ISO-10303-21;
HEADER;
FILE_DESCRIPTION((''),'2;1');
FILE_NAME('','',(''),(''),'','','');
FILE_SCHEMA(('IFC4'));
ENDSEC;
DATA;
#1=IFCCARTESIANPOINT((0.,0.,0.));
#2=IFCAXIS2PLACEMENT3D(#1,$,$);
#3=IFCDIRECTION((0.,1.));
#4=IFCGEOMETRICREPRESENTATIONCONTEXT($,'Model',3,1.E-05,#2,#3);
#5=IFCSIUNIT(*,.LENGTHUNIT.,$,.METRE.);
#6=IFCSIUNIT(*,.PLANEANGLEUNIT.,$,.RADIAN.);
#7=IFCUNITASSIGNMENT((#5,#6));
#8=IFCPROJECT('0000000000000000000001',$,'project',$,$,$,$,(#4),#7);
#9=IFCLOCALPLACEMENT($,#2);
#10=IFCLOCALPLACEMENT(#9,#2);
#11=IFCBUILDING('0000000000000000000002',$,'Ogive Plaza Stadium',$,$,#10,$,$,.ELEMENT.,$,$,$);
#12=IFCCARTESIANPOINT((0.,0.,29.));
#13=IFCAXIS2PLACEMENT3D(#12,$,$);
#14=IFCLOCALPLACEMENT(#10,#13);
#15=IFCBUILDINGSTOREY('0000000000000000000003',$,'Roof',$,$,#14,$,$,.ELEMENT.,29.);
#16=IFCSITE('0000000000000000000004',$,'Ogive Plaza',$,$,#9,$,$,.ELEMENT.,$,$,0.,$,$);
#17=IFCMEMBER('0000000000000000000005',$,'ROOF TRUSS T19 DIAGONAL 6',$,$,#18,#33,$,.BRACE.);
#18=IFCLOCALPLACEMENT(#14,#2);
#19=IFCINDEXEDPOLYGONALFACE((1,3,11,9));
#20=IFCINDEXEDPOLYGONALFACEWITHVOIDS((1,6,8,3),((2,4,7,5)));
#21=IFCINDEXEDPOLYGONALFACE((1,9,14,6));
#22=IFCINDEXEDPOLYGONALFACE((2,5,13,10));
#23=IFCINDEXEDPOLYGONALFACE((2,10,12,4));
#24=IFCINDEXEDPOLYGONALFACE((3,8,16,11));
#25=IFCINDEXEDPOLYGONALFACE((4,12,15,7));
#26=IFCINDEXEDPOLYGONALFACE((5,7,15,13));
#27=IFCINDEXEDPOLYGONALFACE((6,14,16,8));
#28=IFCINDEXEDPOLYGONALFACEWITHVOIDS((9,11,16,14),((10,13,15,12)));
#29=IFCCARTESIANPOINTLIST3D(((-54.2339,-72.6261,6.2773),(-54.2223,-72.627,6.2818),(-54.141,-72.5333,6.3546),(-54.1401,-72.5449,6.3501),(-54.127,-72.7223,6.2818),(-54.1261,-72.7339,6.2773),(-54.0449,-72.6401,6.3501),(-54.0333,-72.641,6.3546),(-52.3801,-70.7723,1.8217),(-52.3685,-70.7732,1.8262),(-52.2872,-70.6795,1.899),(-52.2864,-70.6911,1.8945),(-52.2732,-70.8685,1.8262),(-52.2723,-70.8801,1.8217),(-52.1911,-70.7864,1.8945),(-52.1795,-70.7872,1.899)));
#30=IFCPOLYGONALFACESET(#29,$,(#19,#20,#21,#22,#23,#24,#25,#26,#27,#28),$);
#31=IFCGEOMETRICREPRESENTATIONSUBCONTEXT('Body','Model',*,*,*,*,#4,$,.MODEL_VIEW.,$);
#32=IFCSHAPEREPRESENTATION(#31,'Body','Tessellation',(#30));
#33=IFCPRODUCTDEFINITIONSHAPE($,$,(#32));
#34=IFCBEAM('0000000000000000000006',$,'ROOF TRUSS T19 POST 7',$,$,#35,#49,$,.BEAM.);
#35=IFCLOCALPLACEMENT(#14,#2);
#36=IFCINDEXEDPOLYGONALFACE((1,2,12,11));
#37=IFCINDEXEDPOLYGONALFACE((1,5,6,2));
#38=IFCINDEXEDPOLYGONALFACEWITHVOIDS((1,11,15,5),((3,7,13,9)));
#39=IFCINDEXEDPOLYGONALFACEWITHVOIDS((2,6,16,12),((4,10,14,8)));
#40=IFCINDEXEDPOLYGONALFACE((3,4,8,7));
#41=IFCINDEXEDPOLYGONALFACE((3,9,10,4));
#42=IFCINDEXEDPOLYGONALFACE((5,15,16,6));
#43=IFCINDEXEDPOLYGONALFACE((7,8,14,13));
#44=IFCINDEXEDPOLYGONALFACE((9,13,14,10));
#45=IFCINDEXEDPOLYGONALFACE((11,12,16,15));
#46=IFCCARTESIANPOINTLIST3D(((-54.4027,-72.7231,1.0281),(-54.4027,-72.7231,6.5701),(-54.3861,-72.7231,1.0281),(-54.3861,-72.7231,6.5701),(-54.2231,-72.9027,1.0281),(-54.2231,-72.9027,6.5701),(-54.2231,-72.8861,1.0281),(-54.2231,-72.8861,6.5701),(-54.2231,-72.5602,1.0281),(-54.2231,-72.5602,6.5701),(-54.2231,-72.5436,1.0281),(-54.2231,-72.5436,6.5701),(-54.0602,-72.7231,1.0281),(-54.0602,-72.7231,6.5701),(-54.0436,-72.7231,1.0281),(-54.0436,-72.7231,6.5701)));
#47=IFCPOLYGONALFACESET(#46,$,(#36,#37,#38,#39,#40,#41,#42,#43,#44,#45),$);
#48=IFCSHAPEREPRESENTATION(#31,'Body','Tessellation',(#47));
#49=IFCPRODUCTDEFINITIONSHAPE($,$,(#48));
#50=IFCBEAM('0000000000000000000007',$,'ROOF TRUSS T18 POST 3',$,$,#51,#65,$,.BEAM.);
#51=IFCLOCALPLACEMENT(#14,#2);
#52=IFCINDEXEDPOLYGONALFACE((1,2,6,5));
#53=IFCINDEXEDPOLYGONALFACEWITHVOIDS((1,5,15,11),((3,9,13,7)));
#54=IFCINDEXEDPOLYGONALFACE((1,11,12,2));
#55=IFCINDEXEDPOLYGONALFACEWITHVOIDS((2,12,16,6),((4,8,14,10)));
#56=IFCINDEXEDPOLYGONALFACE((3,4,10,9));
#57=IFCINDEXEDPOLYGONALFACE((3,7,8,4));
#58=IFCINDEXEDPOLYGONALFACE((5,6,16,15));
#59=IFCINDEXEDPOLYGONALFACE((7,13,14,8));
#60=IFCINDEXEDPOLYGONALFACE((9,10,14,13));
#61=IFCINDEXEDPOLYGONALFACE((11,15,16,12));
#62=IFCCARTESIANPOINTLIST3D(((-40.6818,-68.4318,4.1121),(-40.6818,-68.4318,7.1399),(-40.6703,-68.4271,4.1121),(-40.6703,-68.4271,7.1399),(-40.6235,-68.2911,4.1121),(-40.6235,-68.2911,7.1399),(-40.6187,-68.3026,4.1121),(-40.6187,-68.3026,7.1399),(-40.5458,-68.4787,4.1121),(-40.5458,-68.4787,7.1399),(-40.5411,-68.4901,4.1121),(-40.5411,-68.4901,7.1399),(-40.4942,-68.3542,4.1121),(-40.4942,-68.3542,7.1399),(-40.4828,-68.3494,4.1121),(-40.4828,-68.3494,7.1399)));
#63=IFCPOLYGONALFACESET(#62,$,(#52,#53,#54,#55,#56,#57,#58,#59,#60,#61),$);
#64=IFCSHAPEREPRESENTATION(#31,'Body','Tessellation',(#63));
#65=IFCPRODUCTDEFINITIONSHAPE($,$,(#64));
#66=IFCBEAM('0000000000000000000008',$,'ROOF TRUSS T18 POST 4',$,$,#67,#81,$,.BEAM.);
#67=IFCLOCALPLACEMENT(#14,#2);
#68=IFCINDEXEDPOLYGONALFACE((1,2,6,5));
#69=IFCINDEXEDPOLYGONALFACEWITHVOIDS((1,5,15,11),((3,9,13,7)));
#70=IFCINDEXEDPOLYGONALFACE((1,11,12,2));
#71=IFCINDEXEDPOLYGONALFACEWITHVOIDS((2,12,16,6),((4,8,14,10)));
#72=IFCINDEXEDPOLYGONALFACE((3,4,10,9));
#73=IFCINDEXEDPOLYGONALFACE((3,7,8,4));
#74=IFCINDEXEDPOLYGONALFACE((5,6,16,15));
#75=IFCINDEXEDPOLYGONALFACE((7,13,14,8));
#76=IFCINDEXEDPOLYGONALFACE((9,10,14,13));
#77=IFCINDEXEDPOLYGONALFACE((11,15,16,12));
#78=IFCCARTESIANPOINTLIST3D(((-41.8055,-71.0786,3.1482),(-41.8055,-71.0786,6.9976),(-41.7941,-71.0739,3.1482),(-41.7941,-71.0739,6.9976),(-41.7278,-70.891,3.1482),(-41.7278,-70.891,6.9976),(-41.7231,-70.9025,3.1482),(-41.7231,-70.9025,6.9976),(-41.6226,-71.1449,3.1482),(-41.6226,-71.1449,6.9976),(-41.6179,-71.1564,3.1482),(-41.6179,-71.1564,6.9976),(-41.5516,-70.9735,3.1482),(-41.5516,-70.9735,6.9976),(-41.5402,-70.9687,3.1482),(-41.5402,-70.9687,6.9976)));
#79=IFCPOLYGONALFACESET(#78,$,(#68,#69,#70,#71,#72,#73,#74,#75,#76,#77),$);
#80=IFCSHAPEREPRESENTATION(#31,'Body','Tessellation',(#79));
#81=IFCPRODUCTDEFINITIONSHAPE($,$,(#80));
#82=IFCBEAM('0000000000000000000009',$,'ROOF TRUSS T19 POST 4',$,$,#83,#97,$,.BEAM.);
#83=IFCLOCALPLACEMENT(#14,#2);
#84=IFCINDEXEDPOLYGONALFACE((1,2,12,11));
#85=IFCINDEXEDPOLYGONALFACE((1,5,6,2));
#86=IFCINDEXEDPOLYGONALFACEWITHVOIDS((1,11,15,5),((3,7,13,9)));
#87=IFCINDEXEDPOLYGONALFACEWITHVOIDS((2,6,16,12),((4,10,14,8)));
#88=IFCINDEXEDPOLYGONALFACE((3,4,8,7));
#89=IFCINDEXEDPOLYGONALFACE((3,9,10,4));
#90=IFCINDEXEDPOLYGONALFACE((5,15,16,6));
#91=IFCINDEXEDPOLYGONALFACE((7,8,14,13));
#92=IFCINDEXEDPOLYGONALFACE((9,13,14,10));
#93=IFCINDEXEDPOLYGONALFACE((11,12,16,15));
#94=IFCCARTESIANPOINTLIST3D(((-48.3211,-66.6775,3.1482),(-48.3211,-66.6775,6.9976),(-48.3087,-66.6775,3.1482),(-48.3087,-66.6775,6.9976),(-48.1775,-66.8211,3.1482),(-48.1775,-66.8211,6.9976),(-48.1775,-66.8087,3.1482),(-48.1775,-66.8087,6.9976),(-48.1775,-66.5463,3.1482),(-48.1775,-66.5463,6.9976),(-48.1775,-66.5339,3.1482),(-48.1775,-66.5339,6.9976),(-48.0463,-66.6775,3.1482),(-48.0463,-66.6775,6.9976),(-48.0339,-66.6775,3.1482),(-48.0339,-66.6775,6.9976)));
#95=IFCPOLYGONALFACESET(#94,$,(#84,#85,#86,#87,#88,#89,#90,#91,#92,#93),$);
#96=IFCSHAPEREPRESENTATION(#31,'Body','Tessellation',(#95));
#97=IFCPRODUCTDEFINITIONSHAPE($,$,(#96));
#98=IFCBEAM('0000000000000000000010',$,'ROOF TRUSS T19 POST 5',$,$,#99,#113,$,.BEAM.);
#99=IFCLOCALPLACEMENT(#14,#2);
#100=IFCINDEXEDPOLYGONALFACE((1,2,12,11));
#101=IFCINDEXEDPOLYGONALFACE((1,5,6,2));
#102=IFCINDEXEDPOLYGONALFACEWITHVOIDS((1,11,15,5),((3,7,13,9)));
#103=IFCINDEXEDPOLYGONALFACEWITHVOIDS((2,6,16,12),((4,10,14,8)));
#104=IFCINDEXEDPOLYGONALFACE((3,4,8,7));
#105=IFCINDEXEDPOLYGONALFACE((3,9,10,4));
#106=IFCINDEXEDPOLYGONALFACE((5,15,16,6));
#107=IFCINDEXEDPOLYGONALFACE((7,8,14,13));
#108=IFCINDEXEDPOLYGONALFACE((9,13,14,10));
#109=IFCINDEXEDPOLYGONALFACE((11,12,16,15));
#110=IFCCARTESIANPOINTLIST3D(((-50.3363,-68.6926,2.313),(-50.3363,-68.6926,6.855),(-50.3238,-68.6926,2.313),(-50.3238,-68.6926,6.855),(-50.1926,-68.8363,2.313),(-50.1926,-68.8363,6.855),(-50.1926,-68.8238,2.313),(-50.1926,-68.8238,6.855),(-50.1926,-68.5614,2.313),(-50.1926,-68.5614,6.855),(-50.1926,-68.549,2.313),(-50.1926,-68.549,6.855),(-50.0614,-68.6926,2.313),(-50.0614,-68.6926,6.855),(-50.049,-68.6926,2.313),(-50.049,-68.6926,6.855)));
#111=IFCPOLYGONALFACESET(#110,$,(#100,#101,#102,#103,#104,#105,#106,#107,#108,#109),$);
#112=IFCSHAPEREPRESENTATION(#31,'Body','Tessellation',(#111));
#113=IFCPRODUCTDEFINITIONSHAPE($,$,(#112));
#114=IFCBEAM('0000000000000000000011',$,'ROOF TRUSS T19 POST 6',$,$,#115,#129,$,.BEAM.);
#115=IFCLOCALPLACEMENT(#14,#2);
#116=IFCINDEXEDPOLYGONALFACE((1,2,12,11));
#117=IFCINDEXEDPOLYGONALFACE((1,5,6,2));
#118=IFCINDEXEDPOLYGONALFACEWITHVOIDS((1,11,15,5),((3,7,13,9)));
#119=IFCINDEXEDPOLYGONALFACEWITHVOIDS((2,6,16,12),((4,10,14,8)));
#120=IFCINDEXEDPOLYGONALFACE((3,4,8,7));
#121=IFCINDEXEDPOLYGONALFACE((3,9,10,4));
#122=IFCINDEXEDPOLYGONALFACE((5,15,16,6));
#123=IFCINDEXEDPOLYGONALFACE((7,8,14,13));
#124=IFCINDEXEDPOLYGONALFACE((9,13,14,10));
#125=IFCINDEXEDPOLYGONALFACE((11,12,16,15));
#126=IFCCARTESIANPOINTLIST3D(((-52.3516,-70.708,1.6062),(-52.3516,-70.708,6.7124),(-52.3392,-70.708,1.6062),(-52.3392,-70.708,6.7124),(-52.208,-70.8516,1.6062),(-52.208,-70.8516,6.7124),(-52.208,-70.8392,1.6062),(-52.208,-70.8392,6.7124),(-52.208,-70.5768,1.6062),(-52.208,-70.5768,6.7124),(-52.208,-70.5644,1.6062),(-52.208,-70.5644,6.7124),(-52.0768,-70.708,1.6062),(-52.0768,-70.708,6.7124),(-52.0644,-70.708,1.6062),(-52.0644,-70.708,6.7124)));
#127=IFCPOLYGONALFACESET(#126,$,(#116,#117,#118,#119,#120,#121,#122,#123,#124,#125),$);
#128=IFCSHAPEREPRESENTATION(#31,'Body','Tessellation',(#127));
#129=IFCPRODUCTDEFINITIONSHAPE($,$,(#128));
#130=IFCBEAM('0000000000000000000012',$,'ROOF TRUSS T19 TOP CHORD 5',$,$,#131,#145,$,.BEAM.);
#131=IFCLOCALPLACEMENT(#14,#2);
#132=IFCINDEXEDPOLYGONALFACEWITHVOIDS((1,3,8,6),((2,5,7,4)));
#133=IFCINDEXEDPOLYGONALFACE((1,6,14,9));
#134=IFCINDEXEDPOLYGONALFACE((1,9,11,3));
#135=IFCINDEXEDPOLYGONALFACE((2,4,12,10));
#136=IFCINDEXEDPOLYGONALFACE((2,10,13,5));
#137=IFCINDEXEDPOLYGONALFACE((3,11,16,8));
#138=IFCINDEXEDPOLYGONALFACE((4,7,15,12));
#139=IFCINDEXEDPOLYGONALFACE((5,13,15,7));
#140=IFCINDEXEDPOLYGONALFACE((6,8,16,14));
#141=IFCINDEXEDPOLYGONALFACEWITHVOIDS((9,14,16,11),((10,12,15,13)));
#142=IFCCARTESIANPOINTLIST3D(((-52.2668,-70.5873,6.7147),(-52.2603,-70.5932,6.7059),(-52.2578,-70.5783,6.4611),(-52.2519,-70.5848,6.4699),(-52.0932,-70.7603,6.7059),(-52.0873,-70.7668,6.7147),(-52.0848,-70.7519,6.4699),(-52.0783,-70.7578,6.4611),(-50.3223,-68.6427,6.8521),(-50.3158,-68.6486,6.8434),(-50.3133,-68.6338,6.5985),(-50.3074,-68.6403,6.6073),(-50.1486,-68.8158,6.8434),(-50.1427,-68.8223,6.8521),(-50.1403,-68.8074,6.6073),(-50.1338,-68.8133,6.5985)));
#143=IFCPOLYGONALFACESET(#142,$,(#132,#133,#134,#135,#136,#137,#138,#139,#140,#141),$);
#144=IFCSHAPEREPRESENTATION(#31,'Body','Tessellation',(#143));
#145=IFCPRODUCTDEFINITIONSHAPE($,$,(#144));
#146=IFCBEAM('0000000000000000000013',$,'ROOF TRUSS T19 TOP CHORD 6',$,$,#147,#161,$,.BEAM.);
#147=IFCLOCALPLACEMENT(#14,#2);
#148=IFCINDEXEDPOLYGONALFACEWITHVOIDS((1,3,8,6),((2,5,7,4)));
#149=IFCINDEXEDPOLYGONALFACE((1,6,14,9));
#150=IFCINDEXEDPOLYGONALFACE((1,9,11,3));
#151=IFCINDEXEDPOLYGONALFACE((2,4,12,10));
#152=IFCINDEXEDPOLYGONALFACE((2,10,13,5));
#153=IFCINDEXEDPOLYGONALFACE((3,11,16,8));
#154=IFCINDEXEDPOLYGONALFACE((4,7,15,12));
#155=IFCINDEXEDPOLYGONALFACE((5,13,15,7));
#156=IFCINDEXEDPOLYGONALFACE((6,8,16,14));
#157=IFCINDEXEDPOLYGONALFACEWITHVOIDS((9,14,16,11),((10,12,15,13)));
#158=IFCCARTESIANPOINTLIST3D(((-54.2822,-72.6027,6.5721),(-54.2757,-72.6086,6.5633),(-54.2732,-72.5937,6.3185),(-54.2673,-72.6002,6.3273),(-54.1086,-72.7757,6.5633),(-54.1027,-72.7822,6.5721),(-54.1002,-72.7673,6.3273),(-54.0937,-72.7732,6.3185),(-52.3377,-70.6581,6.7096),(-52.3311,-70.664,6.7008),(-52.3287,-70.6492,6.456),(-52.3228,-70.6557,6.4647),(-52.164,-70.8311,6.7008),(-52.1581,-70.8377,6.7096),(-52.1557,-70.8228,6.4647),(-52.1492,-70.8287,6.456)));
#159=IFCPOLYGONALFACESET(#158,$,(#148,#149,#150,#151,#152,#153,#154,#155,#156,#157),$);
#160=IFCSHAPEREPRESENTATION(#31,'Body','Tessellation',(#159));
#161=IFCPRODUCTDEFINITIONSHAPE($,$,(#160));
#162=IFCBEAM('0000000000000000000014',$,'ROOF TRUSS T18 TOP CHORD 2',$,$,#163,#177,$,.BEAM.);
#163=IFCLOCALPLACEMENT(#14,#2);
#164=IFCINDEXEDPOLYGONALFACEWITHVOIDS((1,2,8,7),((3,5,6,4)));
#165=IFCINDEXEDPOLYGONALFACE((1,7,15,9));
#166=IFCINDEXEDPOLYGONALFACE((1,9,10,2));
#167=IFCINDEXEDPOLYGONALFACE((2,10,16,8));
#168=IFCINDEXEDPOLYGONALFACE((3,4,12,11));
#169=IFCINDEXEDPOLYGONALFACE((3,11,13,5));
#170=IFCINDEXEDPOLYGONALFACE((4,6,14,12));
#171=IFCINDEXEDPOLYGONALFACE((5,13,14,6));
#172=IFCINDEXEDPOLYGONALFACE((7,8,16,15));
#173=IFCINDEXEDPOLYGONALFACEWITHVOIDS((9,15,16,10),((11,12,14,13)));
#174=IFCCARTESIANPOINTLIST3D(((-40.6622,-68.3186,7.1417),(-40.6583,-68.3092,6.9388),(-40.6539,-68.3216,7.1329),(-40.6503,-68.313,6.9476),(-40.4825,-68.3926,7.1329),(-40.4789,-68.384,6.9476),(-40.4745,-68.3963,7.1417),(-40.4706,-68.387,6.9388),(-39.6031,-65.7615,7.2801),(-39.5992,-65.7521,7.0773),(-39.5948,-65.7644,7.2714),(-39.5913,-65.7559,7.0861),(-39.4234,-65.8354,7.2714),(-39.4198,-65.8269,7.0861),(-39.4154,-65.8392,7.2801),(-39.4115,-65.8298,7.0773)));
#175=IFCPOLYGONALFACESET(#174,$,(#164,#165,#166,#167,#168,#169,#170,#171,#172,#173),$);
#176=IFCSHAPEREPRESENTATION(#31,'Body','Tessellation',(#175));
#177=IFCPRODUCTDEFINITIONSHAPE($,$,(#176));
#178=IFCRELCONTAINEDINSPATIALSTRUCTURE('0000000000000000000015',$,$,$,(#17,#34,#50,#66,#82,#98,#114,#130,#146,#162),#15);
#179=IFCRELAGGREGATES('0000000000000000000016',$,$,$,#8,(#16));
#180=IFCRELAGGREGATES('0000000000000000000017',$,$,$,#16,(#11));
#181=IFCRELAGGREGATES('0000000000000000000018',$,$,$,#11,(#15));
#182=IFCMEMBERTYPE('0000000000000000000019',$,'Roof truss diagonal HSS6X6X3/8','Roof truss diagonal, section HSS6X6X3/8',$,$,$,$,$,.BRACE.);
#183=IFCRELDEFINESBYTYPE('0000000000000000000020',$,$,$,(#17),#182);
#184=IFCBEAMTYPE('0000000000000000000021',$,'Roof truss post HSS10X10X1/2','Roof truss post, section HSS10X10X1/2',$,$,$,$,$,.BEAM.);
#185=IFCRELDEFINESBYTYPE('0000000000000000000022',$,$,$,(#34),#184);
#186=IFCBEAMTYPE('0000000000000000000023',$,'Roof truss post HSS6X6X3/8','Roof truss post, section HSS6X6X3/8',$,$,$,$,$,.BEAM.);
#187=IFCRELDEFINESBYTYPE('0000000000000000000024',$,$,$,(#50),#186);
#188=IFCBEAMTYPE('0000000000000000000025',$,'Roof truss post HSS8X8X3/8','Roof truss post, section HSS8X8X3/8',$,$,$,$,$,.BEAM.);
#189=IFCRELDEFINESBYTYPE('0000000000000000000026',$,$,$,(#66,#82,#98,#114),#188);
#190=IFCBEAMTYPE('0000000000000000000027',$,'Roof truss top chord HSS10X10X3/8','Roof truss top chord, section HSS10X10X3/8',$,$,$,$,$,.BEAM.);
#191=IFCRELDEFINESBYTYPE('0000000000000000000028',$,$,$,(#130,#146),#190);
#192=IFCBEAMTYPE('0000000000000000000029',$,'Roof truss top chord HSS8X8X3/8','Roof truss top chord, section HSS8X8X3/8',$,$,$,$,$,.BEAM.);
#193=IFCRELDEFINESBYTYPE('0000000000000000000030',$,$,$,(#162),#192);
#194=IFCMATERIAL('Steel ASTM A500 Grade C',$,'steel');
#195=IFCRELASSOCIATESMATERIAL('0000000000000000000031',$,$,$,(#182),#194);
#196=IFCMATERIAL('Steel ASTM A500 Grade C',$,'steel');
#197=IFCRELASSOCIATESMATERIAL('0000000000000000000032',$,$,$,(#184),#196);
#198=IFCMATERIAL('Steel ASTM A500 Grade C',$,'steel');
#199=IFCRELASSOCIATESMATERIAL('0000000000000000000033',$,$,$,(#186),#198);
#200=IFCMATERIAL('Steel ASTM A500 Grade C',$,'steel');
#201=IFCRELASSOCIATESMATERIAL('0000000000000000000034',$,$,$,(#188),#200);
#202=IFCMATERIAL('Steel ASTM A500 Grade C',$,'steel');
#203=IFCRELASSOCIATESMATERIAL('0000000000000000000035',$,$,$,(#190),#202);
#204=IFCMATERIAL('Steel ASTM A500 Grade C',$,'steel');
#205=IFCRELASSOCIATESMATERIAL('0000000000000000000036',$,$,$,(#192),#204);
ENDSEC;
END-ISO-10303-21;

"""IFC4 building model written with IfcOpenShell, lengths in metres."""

from ifc_helpers import new_model, si_unit, direction, frame, origin, origin_2d, place, context, subcontext, project, spatial, hollow_rectangle, extrude, material, material_profile, profile_set, type_object, element, save


model = new_model("IFC4")

# Units and contexts
model_context = context("Model", 3, precision=1e-05, world=origin(), true_north=direction((0.0, 1.0)))
body_context = subcontext(model_context, "Body", "Model", "MODEL_VIEW")
ifc_project = project(units=[si_unit("LENGTHUNIT", "METRE"), si_unit("PLANEANGLEUNIT", "RADIAN")], contexts=[model_context])

# Site, building, storey
site_placement = place(None, origin())
site = spatial("IfcSite", under=ifc_project, at=site_placement, Name="Ogive Plaza", CompositionType="ELEMENT", RefElevation=0.0)
building_placement = place(site_placement, origin())
building = spatial("IfcBuilding", under=site, at=building_placement, Name="Ogive Plaza Stadium", CompositionType="ELEMENT")
storey_placement = place(building_placement, frame((0.0, 0.0, 29.0)))
storey = spatial("IfcBuildingStorey", under=building, at=storey_placement, Name="Roof", CompositionType="ELEMENT", Elevation=29.0)

# Member
ifc_material_1 = material(Name="Steel ASTM A500 Grade C", Category="steel")
ifc_material_profile_1 = material_profile(ifc_material_1, hollow_rectangle(XDim=0.1523, YDim=0.1523, WallThickness=0.0088, at=origin_2d()), Name="HSS6X6X3/8")
ifc_profile_set_1 = profile_set([ifc_material_profile_1], Name="Steel ASTM A500 Grade C")
member_type_1 = type_object("IfcMemberType", Name="Roof truss diagonal HSS6X6X3/8", Description="Roof truss diagonal, section HSS6X6X3/8", PredefinedType="BRACE", material=ifc_profile_set_1)
member_1_placement = place(storey_placement, frame((-52.2798, -70.7798, 1.8604), z_axis=(-0.358588, -0.358588, 0.861876), x_axis=(0.707107, -0.707107, 0.0)))
element("IfcMember", 1, at=member_1_placement, inside=storey, type_object=member_type_1, Name="ROOF TRUSS T19 DIAGONAL 6", PredefinedType="BRACE", context=body_context, shape_type="SweptSolid", body=[
    extrude(hollow_rectangle(XDim=0.1523, YDim=0.1523, WallThickness=0.0088, at=origin_2d()), origin(), (0.0, 0.0, 1.0), 5.1697),
])

# Beams
ifc_material_2 = material(Name="Steel ASTM A500 Grade C", Category="steel")
ifc_material_profile_2 = material_profile(ifc_material_2, hollow_rectangle(XDim=0.2539, YDim=0.2539, WallThickness=0.0117, at=origin_2d()), Name="HSS10X10X1/2")
ifc_profile_set_2 = profile_set([ifc_material_profile_2], Name="Steel ASTM A500 Grade C")
beam_type_1 = type_object("IfcBeamType", Name="Roof truss post HSS10X10X1/2", Description="Roof truss post, section HSS10X10X1/2", PredefinedType="BEAM", material=ifc_profile_set_2)
beam_1_placement = place(storey_placement, frame((-54.2231, -72.7231, 1.0281), z_axis=(0.0, 0.0, 1.0), x_axis=(0.707107, -0.707107, 0.0)))
element("IfcBeam", 2, at=beam_1_placement, inside=storey, type_object=beam_type_1, Name="ROOF TRUSS T19 POST 7", PredefinedType="BEAM", context=body_context, shape_type="SweptSolid", body=[
    extrude(hollow_rectangle(XDim=0.2539, YDim=0.2539, WallThickness=0.0117, at=origin_2d()), origin(), (0.0, 0.0, 1.0), 5.542),
])
ifc_material_3 = material(Name="Steel ASTM A500 Grade C", Category="steel")
ifc_material_profile_3 = material_profile(ifc_material_3, hollow_rectangle(XDim=0.1523, YDim=0.1523, WallThickness=0.0088, at=origin_2d()), Name="HSS6X6X3/8")
ifc_profile_set_3 = profile_set([ifc_material_profile_3], Name="Steel ASTM A500 Grade C")
beam_type_2 = type_object("IfcBeamType", Name="Roof truss post HSS6X6X3/8", Description="Roof truss post, section HSS6X6X3/8", PredefinedType="BEAM", material=ifc_profile_set_3)
beam_2_placement = place(storey_placement, frame((-40.5823, -68.3906, 4.1121), z_axis=(0.0, 0.0, 1.0), x_axis=(0.92388, -0.382683, 0.0)))
element("IfcBeam", 3, at=beam_2_placement, inside=storey, type_object=beam_type_2, Name="ROOF TRUSS T18 POST 3", PredefinedType="BEAM", context=body_context, shape_type="SweptSolid", body=[
    extrude(hollow_rectangle(XDim=0.1523, YDim=0.1523, WallThickness=0.0088, at=origin_2d()), origin(), (0.0, 0.0, 1.0), 3.0278),
])
ifc_material_4 = material(Name="Steel ASTM A500 Grade C", Category="steel")
ifc_material_profile_4 = material_profile(ifc_material_4, hollow_rectangle(XDim=0.2031, YDim=0.2031, WallThickness=0.0088, at=origin_2d()), Name="HSS8X8X3/8")
ifc_profile_set_4 = profile_set([ifc_material_profile_4], Name="Steel ASTM A500 Grade C")
beam_type_3 = type_object("IfcBeamType", Name="Roof truss post HSS8X8X3/8", Description="Roof truss post, section HSS8X8X3/8", PredefinedType="BEAM", material=ifc_profile_set_4)
for number, where, z_axis, x_axis, name in (
    (4, (-41.6729, -71.0237, 3.1482), (0.0, 0.0, 1.0), (0.92388, -0.382683, 0.0), "ROOF TRUSS T18 POST 4"),
    (5, (-48.1775, -66.6775, 3.1482), (0.0, 0.0, 1.0), (0.707107, -0.707107, 0.0), "ROOF TRUSS T19 POST 4"),
):
    element("IfcBeam", number, at=place(storey_placement, frame(where, z_axis=z_axis, x_axis=x_axis)), inside=storey, type_object=beam_type_3, Name=name, PredefinedType="BEAM", context=body_context, shape_type="SweptSolid", body=[
        extrude(hollow_rectangle(XDim=0.2031, YDim=0.2031, WallThickness=0.0088, at=origin_2d()), origin(), (0.0, 0.0, 1.0), 3.8494),
    ])
beam_3_placement = place(storey_placement, frame((-50.1926, -68.6926, 2.313), z_axis=(0.0, 0.0, 1.0), x_axis=(0.707107, -0.707107, 0.0)))
element("IfcBeam", 6, at=beam_3_placement, inside=storey, type_object=beam_type_3, Name="ROOF TRUSS T19 POST 5", PredefinedType="BEAM", context=body_context, shape_type="SweptSolid", body=[
    extrude(hollow_rectangle(XDim=0.2031, YDim=0.2031, WallThickness=0.0088, at=origin_2d()), origin(), (0.0, 0.0, 1.0), 4.542),
])
beam_4_placement = place(storey_placement, frame((-52.208, -70.708, 1.6062), z_axis=(0.0, 0.0, 1.0), x_axis=(0.707107, -0.707107, 0.0)))
element("IfcBeam", 7, at=beam_4_placement, inside=storey, type_object=beam_type_3, Name="ROOF TRUSS T19 POST 6", PredefinedType="BEAM", context=body_context, shape_type="SweptSolid", body=[
    extrude(hollow_rectangle(XDim=0.2031, YDim=0.2031, WallThickness=0.0088, at=origin_2d()), origin(), (0.0, 0.0, 1.0), 5.1062),
])
ifc_material_5 = material(Name="Steel ASTM A500 Grade C", Category="steel")
ifc_material_profile_5 = material_profile(ifc_material_5, hollow_rectangle(XDim=0.2539, YDim=0.2539, WallThickness=0.0088, at=origin_2d()), Name="HSS10X10X3/8")
ifc_profile_set_5 = profile_set([ifc_material_profile_5], Name="Steel ASTM A500 Grade C")
beam_type_4 = type_object("IfcBeamType", Name="Roof truss top chord HSS10X10X3/8", Description="Roof truss top chord, section HSS10X10X3/8", PredefinedType="BEAM", material=ifc_profile_set_5)
for number, where, z_axis, x_axis, name in (
    (8, (-50.228, -68.728, 6.7253), (-0.706225, -0.706225, -0.049919), (0.707107, -0.707107, 0.0), "ROOF TRUSS T19 TOP CHORD 5"),
    (9, (-52.2434, -70.7434, 6.5828), (-0.706225, -0.706225, -0.049919), (0.707107, -0.707107, 0.0), "ROOF TRUSS T19 TOP CHORD 6"),
):
    element("IfcBeam", number, at=place(storey_placement, frame(where, z_axis=z_axis, x_axis=x_axis)), inside=storey, type_object=beam_type_4, Name=name, PredefinedType="BEAM", context=body_context, shape_type="SweptSolid", body=[
        extrude(hollow_rectangle(XDim=0.2539, YDim=0.2539, WallThickness=0.0088, at=origin_2d()), origin(), (0.0, 0.0, 1.0), 2.7534),
    ])
ifc_material_6 = material(Name="Steel ASTM A500 Grade C", Category="steel")
ifc_material_profile_6 = material_profile(ifc_material_6, hollow_rectangle(XDim=0.2031, YDim=0.2031, WallThickness=0.0088, at=origin_2d()), Name="HSS8X8X3/8")
ifc_profile_set_6 = profile_set([ifc_material_profile_6], Name="Steel ASTM A500 Grade C")
beam_type_5 = type_object("IfcBeamType", Name="Roof truss top chord HSS8X8X3/8", Description="Roof truss top chord, section HSS8X8X3/8", PredefinedType="BEAM", material=ifc_profile_set_6)
beam_5_placement = place(storey_placement, frame((-39.5073, -65.7957, 7.1787), z_axis=(-0.38217, -0.922741, -0.049952), x_axis=(0.923894, -0.382648, 0.0)))
element("IfcBeam", 10, at=beam_5_placement, inside=storey, type_object=beam_type_5, Name="ROOF TRUSS T18 TOP CHORD 2", PredefinedType="BEAM", context=body_context, shape_type="SweptSolid", body=[
    extrude(hollow_rectangle(XDim=0.2031, YDim=0.2031, WallThickness=0.0088, at=origin_2d()), origin(), (0.0, 0.0, 1.0), 2.7712),
])

save(model, "model.ifc")
